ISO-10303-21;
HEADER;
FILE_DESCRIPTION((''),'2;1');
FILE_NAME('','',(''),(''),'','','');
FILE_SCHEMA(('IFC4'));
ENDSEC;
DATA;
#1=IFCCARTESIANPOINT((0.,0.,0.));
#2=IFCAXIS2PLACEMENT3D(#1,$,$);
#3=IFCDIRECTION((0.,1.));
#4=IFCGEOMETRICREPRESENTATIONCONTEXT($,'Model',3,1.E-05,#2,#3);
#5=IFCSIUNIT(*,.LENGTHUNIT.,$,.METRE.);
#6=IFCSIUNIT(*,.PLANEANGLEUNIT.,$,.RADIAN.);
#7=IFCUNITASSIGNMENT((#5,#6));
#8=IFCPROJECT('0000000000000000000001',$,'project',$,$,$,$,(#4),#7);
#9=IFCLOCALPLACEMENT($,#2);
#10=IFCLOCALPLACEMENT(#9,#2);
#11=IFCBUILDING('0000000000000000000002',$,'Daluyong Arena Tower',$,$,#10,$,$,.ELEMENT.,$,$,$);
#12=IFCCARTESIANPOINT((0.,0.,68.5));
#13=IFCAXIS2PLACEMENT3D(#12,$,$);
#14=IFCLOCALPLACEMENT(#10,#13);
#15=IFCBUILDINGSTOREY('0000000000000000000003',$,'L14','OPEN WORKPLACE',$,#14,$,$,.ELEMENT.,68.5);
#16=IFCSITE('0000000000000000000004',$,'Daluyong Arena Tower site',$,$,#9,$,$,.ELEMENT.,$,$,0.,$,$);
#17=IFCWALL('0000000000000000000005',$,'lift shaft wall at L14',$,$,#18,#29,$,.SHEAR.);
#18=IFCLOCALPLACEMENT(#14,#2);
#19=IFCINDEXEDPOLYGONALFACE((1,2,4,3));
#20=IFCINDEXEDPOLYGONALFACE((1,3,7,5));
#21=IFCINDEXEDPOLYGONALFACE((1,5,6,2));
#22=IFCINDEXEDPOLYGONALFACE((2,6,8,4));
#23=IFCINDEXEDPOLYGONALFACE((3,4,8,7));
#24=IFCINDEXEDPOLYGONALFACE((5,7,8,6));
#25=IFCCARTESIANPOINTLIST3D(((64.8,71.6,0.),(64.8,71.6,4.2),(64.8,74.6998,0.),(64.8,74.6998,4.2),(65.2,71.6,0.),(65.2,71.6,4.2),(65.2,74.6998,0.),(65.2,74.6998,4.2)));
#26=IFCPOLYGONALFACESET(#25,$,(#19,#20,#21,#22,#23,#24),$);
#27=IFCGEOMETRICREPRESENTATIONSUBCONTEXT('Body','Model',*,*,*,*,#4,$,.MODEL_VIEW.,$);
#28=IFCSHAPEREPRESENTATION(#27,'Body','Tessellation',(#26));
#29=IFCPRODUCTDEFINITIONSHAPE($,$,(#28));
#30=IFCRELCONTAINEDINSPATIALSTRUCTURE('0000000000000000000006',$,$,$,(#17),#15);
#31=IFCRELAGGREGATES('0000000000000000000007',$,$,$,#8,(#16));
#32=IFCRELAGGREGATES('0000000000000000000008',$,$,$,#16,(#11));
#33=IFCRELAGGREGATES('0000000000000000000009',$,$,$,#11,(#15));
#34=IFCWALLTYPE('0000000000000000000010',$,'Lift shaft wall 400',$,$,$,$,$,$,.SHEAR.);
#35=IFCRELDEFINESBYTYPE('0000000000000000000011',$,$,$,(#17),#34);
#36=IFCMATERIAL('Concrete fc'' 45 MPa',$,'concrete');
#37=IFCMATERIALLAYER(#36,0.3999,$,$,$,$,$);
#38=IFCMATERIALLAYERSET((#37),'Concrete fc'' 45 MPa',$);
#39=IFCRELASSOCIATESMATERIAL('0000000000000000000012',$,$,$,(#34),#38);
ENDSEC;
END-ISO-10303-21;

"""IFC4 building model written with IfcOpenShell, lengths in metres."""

from ifc_helpers import new_model, si_unit, direction, frame, frame_2d, origin, place, context, subcontext, project, spatial, rectangle, extrude, material, layer, layer_set, type_object, element, save


model = new_model("IFC4")

# Units and contexts
model_context = context("Model", 3, precision=1e-05, world=origin(), true_north=direction((0.0, 1.0)))
body_context = subcontext(model_context, "Body", "Model", "MODEL_VIEW")
ifc_project = project(units=[si_unit("LENGTHUNIT", "METRE"), si_unit("PLANEANGLEUNIT", "RADIAN")], contexts=[model_context])

# Site, building, storey
site_placement = place(None, origin())
site = spatial("IfcSite", under=ifc_project, at=site_placement, Name="Daluyong Arena Tower site", CompositionType="ELEMENT", RefElevation=0.0)
building_placement = place(site_placement, origin())
building = spatial("IfcBuilding", under=site, at=building_placement, Name="Daluyong Arena Tower", CompositionType="ELEMENT")
storey_placement = place(building_placement, frame((0.0, 0.0, 68.5)))
storey = spatial("IfcBuildingStorey", under=building, at=storey_placement, Name="L14", Description="OPEN WORKPLACE", CompositionType="ELEMENT", Elevation=68.5)

# Wall
ifc_material_1 = material(Name="Concrete fc' 45 MPa", Category="concrete")
ifc_layer_1 = layer(ifc_material_1, 0.3999)
ifc_layer_set_1 = layer_set([ifc_layer_1], Name="Concrete fc' 45 MPa")
wall_type_1 = type_object("IfcWallType", Name="Lift shaft wall 400", PredefinedType="SHEAR", material=ifc_layer_set_1)
wall_1_placement = place(storey_placement, frame((65.0, 71.6001, 0.0), z_axis=(0.0, 0.0, 1.0), x_axis=(0.0, 1.0, 0.0)))
element("IfcWall", 1, at=wall_1_placement, inside=storey, type_object=wall_type_1, Name="lift shaft wall at L14", PredefinedType="SHEAR", context=body_context, shape_type="SweptSolid", body=[
    extrude(rectangle(XDim=3.0999, YDim=0.3999, at=frame_2d((1.5498, 0.0))), origin(), (0.0, 0.0, 1.0), 4.2),
])

save(model, "model.ifc")
